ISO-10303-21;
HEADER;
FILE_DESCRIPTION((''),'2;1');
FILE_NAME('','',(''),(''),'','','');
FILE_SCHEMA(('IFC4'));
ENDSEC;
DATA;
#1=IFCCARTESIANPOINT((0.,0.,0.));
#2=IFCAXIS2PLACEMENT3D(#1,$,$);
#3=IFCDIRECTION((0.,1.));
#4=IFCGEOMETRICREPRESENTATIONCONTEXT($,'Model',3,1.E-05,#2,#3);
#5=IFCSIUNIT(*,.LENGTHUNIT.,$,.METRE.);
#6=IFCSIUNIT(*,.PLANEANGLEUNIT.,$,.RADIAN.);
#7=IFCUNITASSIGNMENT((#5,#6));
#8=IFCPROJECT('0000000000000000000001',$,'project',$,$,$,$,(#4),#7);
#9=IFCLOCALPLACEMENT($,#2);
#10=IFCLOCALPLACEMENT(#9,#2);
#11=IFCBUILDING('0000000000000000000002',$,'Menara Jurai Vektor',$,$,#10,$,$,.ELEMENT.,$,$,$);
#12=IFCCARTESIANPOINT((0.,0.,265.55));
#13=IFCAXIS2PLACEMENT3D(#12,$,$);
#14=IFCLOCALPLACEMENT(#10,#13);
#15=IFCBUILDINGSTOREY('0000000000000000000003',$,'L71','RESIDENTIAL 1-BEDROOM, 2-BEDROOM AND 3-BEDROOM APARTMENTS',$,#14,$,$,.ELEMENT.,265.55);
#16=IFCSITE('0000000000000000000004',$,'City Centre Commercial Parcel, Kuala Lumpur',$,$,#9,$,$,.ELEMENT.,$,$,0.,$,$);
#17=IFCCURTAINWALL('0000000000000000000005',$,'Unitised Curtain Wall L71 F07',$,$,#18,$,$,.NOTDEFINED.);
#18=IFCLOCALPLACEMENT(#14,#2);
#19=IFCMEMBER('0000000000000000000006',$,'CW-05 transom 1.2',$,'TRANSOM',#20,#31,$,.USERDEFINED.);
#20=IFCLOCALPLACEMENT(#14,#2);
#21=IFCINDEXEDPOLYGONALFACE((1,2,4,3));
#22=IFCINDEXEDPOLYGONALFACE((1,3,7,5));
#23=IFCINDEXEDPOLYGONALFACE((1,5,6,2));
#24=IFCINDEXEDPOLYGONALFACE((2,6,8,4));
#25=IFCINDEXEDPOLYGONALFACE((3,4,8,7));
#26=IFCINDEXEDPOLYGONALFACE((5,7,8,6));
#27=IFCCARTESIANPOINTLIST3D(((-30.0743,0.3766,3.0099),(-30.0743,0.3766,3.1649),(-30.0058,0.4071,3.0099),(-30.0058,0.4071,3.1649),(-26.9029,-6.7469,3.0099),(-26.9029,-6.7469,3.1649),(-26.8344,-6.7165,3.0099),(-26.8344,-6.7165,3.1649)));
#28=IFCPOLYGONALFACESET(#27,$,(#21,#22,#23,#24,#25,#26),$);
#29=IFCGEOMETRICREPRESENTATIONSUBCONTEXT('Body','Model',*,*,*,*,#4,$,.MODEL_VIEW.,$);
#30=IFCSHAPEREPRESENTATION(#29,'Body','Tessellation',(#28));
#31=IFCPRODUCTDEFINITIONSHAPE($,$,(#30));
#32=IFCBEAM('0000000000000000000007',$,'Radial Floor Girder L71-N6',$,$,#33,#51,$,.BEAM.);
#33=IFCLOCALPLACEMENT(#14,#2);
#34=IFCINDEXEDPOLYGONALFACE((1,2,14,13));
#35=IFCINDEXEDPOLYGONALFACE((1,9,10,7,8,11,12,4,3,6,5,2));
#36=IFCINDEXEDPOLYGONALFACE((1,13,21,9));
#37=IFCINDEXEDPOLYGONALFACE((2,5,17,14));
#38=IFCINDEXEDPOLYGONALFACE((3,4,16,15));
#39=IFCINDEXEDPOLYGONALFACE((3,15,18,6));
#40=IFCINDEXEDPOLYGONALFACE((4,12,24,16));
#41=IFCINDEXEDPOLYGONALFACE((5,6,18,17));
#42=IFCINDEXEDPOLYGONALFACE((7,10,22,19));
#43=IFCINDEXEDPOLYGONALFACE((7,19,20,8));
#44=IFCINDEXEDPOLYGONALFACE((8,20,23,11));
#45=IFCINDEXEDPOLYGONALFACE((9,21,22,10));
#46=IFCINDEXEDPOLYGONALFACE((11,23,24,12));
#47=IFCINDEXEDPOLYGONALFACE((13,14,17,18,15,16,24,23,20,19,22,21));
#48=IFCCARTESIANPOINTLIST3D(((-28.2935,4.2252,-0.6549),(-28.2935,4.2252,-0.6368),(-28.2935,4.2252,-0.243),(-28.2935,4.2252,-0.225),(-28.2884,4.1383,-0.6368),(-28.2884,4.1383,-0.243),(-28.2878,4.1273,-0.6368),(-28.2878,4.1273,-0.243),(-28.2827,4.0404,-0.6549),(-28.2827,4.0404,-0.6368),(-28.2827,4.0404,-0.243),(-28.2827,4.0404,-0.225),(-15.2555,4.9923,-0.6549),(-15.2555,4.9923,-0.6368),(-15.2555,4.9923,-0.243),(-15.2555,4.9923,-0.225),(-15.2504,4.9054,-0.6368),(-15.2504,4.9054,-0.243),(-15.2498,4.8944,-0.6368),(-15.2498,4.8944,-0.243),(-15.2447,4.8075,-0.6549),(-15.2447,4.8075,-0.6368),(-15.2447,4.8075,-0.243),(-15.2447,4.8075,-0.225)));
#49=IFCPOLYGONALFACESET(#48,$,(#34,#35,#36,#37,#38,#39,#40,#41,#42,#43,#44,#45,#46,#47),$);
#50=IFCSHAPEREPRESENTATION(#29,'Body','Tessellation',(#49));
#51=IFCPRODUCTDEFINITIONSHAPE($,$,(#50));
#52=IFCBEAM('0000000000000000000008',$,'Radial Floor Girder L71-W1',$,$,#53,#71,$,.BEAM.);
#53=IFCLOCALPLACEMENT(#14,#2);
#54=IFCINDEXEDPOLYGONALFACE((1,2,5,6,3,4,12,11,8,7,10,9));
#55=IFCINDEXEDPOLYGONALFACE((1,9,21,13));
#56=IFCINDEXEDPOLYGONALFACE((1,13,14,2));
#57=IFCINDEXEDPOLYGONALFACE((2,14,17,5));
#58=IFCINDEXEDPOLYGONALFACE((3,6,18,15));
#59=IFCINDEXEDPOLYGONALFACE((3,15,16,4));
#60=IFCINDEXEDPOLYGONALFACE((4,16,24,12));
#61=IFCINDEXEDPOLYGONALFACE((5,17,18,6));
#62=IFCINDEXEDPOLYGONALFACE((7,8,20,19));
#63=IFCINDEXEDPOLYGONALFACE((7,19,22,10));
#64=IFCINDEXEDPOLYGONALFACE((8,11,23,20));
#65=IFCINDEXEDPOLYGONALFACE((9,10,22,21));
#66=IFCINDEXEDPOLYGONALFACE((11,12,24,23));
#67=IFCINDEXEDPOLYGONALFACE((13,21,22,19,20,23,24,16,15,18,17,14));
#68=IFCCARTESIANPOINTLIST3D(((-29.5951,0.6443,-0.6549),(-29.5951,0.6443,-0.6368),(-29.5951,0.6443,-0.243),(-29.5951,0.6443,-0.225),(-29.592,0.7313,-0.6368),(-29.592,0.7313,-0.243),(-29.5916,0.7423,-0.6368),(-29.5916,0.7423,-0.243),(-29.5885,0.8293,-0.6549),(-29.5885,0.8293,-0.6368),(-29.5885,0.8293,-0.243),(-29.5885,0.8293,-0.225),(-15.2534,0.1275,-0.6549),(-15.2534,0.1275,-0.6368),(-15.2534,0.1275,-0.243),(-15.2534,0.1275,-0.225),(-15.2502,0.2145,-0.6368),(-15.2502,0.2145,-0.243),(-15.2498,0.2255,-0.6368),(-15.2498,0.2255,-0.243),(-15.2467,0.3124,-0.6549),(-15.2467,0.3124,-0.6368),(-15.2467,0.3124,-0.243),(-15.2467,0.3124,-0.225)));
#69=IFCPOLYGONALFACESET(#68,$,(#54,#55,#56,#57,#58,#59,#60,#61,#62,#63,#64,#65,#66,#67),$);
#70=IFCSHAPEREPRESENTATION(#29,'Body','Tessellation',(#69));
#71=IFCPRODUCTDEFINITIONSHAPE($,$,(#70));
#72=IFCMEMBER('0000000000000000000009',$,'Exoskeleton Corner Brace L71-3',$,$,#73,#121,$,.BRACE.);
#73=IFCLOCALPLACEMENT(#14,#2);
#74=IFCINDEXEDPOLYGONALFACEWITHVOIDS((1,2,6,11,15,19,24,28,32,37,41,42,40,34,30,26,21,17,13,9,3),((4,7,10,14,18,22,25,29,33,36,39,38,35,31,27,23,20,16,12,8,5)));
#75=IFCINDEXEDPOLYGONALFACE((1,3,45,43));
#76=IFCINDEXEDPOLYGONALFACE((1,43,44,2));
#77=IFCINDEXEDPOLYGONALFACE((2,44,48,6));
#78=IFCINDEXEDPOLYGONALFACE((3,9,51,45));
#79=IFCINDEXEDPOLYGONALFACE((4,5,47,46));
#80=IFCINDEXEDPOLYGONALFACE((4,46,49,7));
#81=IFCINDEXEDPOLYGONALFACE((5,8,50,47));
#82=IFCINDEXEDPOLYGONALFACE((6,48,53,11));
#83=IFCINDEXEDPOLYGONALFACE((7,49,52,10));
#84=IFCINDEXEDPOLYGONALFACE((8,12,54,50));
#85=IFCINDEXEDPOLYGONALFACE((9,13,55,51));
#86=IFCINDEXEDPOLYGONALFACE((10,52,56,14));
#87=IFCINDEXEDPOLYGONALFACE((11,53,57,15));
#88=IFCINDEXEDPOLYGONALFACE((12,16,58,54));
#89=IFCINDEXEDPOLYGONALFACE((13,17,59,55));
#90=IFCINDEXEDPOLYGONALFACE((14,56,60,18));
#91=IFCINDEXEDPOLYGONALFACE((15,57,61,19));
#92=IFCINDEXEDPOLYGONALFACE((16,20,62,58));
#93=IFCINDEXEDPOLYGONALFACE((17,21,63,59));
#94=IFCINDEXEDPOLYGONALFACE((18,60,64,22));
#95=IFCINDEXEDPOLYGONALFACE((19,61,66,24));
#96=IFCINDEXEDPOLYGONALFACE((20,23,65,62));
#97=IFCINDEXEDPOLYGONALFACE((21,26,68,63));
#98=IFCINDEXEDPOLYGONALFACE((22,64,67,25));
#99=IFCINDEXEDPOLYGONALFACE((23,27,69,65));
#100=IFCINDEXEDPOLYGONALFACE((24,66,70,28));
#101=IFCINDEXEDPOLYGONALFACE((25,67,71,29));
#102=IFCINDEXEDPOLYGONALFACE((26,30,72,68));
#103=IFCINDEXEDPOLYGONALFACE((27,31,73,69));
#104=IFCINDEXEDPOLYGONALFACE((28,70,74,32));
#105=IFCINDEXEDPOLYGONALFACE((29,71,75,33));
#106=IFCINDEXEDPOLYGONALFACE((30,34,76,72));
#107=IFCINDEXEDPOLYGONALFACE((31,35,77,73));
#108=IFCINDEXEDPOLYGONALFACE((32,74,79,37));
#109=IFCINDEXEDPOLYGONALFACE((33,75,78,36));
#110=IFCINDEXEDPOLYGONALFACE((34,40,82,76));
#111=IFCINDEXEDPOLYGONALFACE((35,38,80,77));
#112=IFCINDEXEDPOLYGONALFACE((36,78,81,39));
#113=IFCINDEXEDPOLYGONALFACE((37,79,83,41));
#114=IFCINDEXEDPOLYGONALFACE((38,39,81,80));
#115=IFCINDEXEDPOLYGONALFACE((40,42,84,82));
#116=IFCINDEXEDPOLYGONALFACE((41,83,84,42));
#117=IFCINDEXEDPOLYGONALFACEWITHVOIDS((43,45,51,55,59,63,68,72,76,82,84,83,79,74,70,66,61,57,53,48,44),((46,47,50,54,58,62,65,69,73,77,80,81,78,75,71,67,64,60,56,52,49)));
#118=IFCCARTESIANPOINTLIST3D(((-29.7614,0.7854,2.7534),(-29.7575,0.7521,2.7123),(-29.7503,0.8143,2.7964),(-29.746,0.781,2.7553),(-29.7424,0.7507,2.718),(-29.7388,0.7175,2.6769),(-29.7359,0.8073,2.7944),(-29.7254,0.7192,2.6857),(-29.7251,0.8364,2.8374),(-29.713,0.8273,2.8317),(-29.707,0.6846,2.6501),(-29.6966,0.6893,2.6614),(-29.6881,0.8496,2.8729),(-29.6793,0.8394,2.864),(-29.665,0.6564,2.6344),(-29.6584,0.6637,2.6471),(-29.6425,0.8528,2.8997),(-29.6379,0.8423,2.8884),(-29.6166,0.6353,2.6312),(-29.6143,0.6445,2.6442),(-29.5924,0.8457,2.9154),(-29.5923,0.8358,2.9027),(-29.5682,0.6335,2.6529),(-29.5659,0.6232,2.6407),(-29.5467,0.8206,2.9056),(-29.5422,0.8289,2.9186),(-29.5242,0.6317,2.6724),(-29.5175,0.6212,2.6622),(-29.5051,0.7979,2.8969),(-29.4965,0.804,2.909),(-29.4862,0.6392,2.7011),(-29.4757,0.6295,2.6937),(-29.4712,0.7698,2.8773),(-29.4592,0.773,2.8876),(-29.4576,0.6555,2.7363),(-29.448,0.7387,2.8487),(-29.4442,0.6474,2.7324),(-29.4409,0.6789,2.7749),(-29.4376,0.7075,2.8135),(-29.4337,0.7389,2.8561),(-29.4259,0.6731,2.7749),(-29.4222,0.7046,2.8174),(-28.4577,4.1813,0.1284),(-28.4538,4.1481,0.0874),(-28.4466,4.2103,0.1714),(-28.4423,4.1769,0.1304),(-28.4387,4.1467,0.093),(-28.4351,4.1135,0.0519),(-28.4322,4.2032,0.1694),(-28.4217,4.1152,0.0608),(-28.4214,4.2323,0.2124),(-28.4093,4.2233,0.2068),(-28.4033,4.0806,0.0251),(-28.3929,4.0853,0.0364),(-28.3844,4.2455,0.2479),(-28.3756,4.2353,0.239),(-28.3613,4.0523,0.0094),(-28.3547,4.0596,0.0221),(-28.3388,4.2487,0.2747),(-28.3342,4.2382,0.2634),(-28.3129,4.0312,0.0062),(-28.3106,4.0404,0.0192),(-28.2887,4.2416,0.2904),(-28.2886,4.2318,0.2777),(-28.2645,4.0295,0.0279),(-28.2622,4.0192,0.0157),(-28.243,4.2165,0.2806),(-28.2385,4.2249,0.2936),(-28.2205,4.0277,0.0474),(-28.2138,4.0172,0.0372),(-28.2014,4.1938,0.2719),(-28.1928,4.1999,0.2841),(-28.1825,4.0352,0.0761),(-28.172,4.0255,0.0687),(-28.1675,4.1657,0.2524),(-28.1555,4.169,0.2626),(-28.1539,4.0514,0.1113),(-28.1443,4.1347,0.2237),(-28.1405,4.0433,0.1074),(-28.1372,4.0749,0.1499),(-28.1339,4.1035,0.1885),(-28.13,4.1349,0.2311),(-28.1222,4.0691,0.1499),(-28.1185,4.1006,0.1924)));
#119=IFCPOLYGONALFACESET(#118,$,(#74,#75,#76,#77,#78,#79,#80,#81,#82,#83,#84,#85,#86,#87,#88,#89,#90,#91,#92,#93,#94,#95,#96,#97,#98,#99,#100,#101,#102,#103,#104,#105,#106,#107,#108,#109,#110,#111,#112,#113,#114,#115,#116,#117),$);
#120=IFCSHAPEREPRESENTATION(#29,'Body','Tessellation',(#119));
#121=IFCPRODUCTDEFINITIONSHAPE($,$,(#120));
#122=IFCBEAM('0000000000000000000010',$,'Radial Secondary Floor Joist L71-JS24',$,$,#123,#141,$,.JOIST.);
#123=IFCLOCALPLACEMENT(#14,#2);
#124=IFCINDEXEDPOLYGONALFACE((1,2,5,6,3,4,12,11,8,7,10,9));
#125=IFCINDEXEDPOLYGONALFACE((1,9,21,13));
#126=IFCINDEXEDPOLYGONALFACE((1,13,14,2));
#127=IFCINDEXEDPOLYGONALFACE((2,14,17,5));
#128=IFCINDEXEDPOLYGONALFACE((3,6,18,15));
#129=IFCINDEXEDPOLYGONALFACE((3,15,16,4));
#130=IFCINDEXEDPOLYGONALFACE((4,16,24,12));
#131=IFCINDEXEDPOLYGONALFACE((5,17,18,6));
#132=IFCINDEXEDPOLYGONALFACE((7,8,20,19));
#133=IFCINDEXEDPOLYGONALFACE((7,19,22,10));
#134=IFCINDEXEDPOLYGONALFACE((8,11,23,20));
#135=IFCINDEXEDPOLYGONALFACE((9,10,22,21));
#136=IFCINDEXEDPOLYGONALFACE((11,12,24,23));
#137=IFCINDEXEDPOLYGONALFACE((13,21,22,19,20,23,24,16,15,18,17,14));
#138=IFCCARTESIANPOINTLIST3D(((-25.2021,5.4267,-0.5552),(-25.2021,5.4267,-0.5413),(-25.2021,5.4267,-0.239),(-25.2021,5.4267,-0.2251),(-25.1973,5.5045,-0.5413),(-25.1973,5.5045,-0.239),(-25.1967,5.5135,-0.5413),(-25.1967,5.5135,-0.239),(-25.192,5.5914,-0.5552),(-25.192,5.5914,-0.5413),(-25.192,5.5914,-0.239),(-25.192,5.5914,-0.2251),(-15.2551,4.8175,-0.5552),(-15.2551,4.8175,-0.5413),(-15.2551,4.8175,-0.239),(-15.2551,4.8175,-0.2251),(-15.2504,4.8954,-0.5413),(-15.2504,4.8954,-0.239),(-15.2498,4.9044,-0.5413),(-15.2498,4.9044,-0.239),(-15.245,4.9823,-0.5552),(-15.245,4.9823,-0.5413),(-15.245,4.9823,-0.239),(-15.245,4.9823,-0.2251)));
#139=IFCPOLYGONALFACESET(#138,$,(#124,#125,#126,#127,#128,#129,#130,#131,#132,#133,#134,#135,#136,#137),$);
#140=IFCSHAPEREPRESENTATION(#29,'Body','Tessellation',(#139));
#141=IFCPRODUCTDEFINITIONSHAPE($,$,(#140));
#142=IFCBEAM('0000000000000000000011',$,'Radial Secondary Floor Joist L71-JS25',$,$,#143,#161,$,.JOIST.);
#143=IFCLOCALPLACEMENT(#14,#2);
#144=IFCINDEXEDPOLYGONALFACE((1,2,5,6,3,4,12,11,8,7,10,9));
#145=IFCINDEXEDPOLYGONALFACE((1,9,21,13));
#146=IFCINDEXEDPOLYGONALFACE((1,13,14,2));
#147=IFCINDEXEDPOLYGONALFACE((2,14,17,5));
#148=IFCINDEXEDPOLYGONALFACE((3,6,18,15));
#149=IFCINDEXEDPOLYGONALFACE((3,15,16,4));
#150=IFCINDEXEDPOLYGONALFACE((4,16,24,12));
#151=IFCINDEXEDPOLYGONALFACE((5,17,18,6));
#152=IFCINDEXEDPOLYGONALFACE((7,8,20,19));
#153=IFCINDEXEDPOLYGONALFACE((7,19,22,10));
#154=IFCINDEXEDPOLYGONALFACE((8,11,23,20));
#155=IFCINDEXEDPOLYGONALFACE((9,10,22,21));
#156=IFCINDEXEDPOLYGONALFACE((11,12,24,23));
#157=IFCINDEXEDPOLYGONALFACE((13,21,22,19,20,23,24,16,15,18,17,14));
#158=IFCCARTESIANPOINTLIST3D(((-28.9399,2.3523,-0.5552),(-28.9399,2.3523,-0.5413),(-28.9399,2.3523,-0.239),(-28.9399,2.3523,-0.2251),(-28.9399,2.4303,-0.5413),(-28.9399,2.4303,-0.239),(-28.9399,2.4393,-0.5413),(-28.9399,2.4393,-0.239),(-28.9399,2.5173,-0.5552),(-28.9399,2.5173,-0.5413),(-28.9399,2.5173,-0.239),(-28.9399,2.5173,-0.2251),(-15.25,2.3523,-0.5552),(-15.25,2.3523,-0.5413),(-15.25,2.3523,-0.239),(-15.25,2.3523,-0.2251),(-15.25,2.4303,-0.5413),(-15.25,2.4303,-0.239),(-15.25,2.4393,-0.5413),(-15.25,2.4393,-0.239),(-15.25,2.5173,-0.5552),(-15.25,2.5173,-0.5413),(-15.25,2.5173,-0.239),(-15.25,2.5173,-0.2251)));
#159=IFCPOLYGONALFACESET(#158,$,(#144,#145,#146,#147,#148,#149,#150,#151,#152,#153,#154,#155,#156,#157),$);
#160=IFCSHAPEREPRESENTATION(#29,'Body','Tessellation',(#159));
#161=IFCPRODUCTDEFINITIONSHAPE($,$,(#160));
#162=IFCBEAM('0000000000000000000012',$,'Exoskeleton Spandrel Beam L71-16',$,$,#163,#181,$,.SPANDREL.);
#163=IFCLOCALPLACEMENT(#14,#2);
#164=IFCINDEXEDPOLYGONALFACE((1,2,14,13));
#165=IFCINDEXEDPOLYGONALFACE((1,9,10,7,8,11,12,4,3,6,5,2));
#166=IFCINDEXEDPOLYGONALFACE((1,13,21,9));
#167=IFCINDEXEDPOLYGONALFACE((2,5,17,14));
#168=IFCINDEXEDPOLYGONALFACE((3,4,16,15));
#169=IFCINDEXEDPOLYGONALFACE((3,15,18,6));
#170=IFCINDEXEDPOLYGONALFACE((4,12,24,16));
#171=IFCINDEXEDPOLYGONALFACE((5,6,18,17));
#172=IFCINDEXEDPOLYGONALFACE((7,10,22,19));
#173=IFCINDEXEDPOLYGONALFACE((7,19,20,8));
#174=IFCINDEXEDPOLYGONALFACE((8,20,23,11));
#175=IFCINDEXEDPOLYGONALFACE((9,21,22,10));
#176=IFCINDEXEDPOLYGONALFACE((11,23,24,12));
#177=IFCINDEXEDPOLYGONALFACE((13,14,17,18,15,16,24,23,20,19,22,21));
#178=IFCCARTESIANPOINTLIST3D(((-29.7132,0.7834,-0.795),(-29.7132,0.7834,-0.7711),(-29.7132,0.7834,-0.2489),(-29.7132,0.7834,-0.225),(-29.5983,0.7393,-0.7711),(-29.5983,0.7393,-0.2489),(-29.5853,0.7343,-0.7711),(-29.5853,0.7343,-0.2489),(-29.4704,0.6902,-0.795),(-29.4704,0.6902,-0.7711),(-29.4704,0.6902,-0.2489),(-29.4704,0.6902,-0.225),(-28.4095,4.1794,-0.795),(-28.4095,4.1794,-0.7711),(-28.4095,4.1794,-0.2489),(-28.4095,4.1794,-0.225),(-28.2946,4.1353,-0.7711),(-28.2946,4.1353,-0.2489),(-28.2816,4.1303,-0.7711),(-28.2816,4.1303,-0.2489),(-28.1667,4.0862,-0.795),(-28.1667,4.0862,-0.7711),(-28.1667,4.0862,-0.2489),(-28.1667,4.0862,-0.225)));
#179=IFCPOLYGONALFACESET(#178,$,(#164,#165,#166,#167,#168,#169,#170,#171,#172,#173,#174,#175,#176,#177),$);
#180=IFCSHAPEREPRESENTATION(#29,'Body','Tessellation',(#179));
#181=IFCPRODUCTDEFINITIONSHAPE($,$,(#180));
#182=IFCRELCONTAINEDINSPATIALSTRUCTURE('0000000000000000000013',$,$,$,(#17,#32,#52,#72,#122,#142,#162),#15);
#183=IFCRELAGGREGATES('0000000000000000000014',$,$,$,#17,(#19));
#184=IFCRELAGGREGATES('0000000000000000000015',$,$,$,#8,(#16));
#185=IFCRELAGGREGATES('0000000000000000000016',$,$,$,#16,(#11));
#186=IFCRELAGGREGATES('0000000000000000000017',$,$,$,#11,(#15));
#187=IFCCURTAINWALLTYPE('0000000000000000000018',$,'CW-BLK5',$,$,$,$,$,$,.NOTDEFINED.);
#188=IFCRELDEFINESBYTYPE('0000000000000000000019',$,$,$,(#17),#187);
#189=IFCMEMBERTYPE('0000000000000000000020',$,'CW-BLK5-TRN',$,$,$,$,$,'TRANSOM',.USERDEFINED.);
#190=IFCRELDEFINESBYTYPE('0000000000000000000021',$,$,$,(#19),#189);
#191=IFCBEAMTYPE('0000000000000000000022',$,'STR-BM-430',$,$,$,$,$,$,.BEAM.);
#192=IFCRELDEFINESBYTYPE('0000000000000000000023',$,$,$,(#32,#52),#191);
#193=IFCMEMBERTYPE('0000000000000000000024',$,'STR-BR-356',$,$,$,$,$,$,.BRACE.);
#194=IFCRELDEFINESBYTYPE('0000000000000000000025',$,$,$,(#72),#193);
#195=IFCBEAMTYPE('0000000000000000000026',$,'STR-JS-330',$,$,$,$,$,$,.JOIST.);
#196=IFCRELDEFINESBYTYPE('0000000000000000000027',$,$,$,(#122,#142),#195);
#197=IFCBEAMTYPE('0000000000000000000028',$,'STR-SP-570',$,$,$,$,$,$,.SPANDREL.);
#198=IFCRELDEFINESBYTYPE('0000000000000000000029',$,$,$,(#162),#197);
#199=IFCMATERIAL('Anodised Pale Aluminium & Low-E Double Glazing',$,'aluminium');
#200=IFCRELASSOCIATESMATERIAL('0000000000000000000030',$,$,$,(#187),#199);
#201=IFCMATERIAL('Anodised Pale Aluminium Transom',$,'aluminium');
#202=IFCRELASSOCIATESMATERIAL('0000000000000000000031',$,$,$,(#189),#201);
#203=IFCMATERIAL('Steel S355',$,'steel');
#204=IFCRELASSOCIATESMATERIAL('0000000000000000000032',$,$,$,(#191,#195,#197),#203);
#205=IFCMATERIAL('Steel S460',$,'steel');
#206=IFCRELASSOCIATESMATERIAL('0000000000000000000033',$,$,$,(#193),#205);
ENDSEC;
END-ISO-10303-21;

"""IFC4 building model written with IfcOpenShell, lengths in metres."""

from ifc_helpers import new_model, si_unit, direction, frame, origin, origin_2d, place, context, subcontext, project, spatial, rectangle, hollow_circle, i_section, extrude, material, material_profile, profile_set, type_object, element, aggregate, save


model = new_model("IFC4")

# Units and contexts
model_context = context("Model", 3, precision=1e-05, world=origin(), true_north=direction((0.0, 1.0)))
body_context = subcontext(model_context, "Body", "Model", "MODEL_VIEW")
ifc_project = project(units=[si_unit("LENGTHUNIT", "METRE"), si_unit("PLANEANGLEUNIT", "RADIAN")], contexts=[model_context])

# Site, building, storey
site_placement = place(None, origin())
site = spatial("IfcSite", under=ifc_project, at=site_placement, Name="City Centre Commercial Parcel, Kuala Lumpur", CompositionType="ELEMENT", RefElevation=0.0)
building_placement = place(site_placement, origin())
building = spatial("IfcBuilding", under=site, at=building_placement, Name="Menara Jurai Vektor", CompositionType="ELEMENT")
storey_placement = place(building_placement, frame((0.0, 0.0, 265.55)))
storey = spatial("IfcBuildingStorey", under=building, at=storey_placement, Name="L71", Description="RESIDENTIAL 1-BEDROOM, 2-BEDROOM AND 3-BEDROOM APARTMENTS", CompositionType="ELEMENT", Elevation=265.55)

# Shared definitions
ifc_material_1 = material(Name="Steel S460", Category="steel")

# Shared definitions
ifc_material_2 = material(Name="Anodised Pale Aluminium & Low-E Double Glazing", Category="aluminium")
curtain_wall_type = type_object("IfcCurtainWallType", Name="CW-BLK5", PredefinedType="NOTDEFINED", material=ifc_material_2)

# Curtain wall
curtain_wall_1_placement = place(storey_placement, origin())
curtain_wall_1 = element("IfcCurtainWall", 1, at=curtain_wall_1_placement, inside=storey, type_object=curtain_wall_type, Name="Unitised Curtain Wall L71 F07", PredefinedType="NOTDEFINED")

# Member
ifc_material_3 = material(Name="Anodised Pale Aluminium Transom", Category="aluminium")
ifc_material_profile_1 = material_profile(ifc_material_3, rectangle(XDim=0.075, YDim=0.155, at=origin_2d()), Name="ALU TRN 75x155")
ifc_profile_set_1 = profile_set([ifc_material_profile_1], Name="Anodised Pale Aluminium Transom")
member_type_1 = type_object("IfcMemberType", Name="CW-BLK5-TRN", ElementType="TRANSOM", PredefinedType="USERDEFINED", material=ifc_profile_set_1)
member_1_placement = place(storey_placement, frame((-30.04, 0.3918, 3.0874), z_axis=(0.406714, -0.913556, 0.0), x_axis=(0.913556, 0.406714, 0.0)))
member_1 = element("IfcMember", 2, at=member_1_placement, type_object=member_type_1, Name="CW-05 transom 1.2", ObjectType="TRANSOM", PredefinedType="USERDEFINED", context=body_context, shape_type="SweptSolid", body=[
    extrude(rectangle(XDim=0.075, YDim=0.155, at=origin_2d()), origin(), (0.0, 0.0, 1.0), 7.7976),
])
aggregate(curtain_wall_1, [member_1])

# Beams
ifc_material_4 = material(Name="Steel S355", Category="steel")
ifc_material_profile_2 = material_profile(ifc_material_4, i_section(OverallWidth=0.1851, OverallDepth=0.4299, WebThickness=0.011, FlangeThickness=0.0181, at=origin_2d()), Name="PG 430x185x76")
ifc_profile_set_2 = profile_set([ifc_material_profile_2], Name="Steel S355")
beam_type_1 = type_object("IfcBeamType", Name="STR-BM-430", PredefinedType="BEAM", material=ifc_profile_set_2)
beam_1_placement = place(storey_placement, frame((-28.2881, 4.1328, -0.4399), z_axis=(0.998274, 0.058733, 0.0), x_axis=(-0.058733, 0.998274, 0.0)))
element("IfcBeam", 3, at=beam_1_placement, inside=storey, type_object=beam_type_1, Name="Radial Floor Girder L71-N6", PredefinedType="BEAM", context=body_context, shape_type="SweptSolid", body=[
    extrude(i_section(OverallWidth=0.1851, OverallDepth=0.4299, WebThickness=0.011, FlangeThickness=0.0181, at=origin_2d()), origin(), (0.0, 0.0, 1.0), 13.0605),
])
beam_2_placement = place(storey_placement, frame((-29.5918, 0.7368, -0.4399), z_axis=(0.999351, -0.036014, 0.0), x_axis=(0.036014, 0.999351, 0.0)))
element("IfcBeam", 4, at=beam_2_placement, inside=storey, type_object=beam_type_1, Name="Radial Floor Girder L71-W1", PredefinedType="BEAM", context=body_context, shape_type="SweptSolid", body=[
    extrude(i_section(OverallWidth=0.1851, OverallDepth=0.4299, WebThickness=0.011, FlangeThickness=0.0181, at=origin_2d()), origin(), (0.0, 0.0, 1.0), 14.3511),
])

# Member
ifc_material_profile_3 = material_profile(ifc_material_1, hollow_circle(Radius=0.1777, WallThickness=0.0161, at=origin_2d()), Name="CHS 355.6x16")
ifc_profile_set_3 = profile_set([ifc_material_profile_3], Name="Steel S460")
member_type_2 = type_object("IfcMemberType", Name="STR-BR-356", PredefinedType="BRACE", material=ifc_profile_set_3)
member_2_placement = place(storey_placement, frame((-28.2881, 4.1328, 0.1499), z_axis=(-0.290626, -0.757042, 0.58517), x_axis=(0.93357, -0.358394, 0.0)))
element("IfcMember", 5, at=member_2_placement, inside=storey, type_object=member_type_2, Name="Exoskeleton Corner Brace L71-3", PredefinedType="BRACE", context=body_context, shape_type="SweptSolid", body=[
    extrude(hollow_circle(Radius=0.1777, WallThickness=0.0161, at=origin_2d()), origin(), (0.0, 0.0, 1.0), 4.4858),
])

# Beams
ifc_material_profile_4 = material_profile(ifc_material_4, i_section(OverallWidth=0.165, OverallDepth=0.3301, WebThickness=0.009, FlangeThickness=0.0139, at=origin_2d()), Name="PG 330x165x46")
ifc_profile_set_4 = profile_set([ifc_material_profile_4], Name="Steel S355")
beam_type_2 = type_object("IfcBeamType", Name="STR-JS-330", PredefinedType="JOIST", material=ifc_profile_set_4)
beam_3_placement = place(storey_placement, frame((-25.197, 5.509, -0.3901), z_axis=(0.99813, -0.061123, 0.0), x_axis=(0.061123, 0.99813, 0.0)))
element("IfcBeam", 6, at=beam_3_placement, inside=storey, type_object=beam_type_2, Name="Radial Secondary Floor Joist L71-JS24", PredefinedType="JOIST", context=body_context, shape_type="SweptSolid", body=[
    extrude(i_section(OverallWidth=0.165, OverallDepth=0.3301, WebThickness=0.009, FlangeThickness=0.0139, at=origin_2d()), origin(), (0.0, 0.0, 1.0), 9.9656),
])
beam_4_placement = place(storey_placement, frame((-28.9399, 2.4348, -0.3901), z_axis=(1.0, 0.0, 0.0), x_axis=(0.0, 1.0, 0.0)))
element("IfcBeam", 7, at=beam_4_placement, inside=storey, type_object=beam_type_2, Name="Radial Secondary Floor Joist L71-JS25", PredefinedType="JOIST", context=body_context, shape_type="SweptSolid", body=[
    extrude(i_section(OverallWidth=0.165, OverallDepth=0.3301, WebThickness=0.009, FlangeThickness=0.0139, at=origin_2d()), origin(), (0.0, 0.0, 1.0), 13.6899),
])
ifc_material_profile_5 = material_profile(ifc_material_4, i_section(OverallWidth=0.26, OverallDepth=0.5701, WebThickness=0.0139, FlangeThickness=0.0239, at=origin_2d()), Name="PG 570x260x145")
ifc_profile_set_5 = profile_set([ifc_material_profile_5], Name="Steel S355")
beam_type_3 = type_object("IfcBeamType", Name="STR-SP-570", PredefinedType="SPANDREL", material=ifc_profile_set_5)
beam_5_placement = place(storey_placement, frame((-28.2881, 4.1328, -0.51), z_axis=(-0.358394, -0.93357, 0.0), x_axis=(0.93357, -0.358394, 0.0)))
element("IfcBeam", 8, at=beam_5_placement, inside=storey, type_object=beam_type_3, Name="Exoskeleton Spandrel Beam L71-16", PredefinedType="SPANDREL", context=body_context, shape_type="SweptSolid", body=[
    extrude(i_section(OverallWidth=0.26, OverallDepth=0.5701, WebThickness=0.0139, FlangeThickness=0.0239, at=origin_2d()), origin(), (0.0, 0.0, 1.0), 3.6377),
])

save(model, "model.ifc")
